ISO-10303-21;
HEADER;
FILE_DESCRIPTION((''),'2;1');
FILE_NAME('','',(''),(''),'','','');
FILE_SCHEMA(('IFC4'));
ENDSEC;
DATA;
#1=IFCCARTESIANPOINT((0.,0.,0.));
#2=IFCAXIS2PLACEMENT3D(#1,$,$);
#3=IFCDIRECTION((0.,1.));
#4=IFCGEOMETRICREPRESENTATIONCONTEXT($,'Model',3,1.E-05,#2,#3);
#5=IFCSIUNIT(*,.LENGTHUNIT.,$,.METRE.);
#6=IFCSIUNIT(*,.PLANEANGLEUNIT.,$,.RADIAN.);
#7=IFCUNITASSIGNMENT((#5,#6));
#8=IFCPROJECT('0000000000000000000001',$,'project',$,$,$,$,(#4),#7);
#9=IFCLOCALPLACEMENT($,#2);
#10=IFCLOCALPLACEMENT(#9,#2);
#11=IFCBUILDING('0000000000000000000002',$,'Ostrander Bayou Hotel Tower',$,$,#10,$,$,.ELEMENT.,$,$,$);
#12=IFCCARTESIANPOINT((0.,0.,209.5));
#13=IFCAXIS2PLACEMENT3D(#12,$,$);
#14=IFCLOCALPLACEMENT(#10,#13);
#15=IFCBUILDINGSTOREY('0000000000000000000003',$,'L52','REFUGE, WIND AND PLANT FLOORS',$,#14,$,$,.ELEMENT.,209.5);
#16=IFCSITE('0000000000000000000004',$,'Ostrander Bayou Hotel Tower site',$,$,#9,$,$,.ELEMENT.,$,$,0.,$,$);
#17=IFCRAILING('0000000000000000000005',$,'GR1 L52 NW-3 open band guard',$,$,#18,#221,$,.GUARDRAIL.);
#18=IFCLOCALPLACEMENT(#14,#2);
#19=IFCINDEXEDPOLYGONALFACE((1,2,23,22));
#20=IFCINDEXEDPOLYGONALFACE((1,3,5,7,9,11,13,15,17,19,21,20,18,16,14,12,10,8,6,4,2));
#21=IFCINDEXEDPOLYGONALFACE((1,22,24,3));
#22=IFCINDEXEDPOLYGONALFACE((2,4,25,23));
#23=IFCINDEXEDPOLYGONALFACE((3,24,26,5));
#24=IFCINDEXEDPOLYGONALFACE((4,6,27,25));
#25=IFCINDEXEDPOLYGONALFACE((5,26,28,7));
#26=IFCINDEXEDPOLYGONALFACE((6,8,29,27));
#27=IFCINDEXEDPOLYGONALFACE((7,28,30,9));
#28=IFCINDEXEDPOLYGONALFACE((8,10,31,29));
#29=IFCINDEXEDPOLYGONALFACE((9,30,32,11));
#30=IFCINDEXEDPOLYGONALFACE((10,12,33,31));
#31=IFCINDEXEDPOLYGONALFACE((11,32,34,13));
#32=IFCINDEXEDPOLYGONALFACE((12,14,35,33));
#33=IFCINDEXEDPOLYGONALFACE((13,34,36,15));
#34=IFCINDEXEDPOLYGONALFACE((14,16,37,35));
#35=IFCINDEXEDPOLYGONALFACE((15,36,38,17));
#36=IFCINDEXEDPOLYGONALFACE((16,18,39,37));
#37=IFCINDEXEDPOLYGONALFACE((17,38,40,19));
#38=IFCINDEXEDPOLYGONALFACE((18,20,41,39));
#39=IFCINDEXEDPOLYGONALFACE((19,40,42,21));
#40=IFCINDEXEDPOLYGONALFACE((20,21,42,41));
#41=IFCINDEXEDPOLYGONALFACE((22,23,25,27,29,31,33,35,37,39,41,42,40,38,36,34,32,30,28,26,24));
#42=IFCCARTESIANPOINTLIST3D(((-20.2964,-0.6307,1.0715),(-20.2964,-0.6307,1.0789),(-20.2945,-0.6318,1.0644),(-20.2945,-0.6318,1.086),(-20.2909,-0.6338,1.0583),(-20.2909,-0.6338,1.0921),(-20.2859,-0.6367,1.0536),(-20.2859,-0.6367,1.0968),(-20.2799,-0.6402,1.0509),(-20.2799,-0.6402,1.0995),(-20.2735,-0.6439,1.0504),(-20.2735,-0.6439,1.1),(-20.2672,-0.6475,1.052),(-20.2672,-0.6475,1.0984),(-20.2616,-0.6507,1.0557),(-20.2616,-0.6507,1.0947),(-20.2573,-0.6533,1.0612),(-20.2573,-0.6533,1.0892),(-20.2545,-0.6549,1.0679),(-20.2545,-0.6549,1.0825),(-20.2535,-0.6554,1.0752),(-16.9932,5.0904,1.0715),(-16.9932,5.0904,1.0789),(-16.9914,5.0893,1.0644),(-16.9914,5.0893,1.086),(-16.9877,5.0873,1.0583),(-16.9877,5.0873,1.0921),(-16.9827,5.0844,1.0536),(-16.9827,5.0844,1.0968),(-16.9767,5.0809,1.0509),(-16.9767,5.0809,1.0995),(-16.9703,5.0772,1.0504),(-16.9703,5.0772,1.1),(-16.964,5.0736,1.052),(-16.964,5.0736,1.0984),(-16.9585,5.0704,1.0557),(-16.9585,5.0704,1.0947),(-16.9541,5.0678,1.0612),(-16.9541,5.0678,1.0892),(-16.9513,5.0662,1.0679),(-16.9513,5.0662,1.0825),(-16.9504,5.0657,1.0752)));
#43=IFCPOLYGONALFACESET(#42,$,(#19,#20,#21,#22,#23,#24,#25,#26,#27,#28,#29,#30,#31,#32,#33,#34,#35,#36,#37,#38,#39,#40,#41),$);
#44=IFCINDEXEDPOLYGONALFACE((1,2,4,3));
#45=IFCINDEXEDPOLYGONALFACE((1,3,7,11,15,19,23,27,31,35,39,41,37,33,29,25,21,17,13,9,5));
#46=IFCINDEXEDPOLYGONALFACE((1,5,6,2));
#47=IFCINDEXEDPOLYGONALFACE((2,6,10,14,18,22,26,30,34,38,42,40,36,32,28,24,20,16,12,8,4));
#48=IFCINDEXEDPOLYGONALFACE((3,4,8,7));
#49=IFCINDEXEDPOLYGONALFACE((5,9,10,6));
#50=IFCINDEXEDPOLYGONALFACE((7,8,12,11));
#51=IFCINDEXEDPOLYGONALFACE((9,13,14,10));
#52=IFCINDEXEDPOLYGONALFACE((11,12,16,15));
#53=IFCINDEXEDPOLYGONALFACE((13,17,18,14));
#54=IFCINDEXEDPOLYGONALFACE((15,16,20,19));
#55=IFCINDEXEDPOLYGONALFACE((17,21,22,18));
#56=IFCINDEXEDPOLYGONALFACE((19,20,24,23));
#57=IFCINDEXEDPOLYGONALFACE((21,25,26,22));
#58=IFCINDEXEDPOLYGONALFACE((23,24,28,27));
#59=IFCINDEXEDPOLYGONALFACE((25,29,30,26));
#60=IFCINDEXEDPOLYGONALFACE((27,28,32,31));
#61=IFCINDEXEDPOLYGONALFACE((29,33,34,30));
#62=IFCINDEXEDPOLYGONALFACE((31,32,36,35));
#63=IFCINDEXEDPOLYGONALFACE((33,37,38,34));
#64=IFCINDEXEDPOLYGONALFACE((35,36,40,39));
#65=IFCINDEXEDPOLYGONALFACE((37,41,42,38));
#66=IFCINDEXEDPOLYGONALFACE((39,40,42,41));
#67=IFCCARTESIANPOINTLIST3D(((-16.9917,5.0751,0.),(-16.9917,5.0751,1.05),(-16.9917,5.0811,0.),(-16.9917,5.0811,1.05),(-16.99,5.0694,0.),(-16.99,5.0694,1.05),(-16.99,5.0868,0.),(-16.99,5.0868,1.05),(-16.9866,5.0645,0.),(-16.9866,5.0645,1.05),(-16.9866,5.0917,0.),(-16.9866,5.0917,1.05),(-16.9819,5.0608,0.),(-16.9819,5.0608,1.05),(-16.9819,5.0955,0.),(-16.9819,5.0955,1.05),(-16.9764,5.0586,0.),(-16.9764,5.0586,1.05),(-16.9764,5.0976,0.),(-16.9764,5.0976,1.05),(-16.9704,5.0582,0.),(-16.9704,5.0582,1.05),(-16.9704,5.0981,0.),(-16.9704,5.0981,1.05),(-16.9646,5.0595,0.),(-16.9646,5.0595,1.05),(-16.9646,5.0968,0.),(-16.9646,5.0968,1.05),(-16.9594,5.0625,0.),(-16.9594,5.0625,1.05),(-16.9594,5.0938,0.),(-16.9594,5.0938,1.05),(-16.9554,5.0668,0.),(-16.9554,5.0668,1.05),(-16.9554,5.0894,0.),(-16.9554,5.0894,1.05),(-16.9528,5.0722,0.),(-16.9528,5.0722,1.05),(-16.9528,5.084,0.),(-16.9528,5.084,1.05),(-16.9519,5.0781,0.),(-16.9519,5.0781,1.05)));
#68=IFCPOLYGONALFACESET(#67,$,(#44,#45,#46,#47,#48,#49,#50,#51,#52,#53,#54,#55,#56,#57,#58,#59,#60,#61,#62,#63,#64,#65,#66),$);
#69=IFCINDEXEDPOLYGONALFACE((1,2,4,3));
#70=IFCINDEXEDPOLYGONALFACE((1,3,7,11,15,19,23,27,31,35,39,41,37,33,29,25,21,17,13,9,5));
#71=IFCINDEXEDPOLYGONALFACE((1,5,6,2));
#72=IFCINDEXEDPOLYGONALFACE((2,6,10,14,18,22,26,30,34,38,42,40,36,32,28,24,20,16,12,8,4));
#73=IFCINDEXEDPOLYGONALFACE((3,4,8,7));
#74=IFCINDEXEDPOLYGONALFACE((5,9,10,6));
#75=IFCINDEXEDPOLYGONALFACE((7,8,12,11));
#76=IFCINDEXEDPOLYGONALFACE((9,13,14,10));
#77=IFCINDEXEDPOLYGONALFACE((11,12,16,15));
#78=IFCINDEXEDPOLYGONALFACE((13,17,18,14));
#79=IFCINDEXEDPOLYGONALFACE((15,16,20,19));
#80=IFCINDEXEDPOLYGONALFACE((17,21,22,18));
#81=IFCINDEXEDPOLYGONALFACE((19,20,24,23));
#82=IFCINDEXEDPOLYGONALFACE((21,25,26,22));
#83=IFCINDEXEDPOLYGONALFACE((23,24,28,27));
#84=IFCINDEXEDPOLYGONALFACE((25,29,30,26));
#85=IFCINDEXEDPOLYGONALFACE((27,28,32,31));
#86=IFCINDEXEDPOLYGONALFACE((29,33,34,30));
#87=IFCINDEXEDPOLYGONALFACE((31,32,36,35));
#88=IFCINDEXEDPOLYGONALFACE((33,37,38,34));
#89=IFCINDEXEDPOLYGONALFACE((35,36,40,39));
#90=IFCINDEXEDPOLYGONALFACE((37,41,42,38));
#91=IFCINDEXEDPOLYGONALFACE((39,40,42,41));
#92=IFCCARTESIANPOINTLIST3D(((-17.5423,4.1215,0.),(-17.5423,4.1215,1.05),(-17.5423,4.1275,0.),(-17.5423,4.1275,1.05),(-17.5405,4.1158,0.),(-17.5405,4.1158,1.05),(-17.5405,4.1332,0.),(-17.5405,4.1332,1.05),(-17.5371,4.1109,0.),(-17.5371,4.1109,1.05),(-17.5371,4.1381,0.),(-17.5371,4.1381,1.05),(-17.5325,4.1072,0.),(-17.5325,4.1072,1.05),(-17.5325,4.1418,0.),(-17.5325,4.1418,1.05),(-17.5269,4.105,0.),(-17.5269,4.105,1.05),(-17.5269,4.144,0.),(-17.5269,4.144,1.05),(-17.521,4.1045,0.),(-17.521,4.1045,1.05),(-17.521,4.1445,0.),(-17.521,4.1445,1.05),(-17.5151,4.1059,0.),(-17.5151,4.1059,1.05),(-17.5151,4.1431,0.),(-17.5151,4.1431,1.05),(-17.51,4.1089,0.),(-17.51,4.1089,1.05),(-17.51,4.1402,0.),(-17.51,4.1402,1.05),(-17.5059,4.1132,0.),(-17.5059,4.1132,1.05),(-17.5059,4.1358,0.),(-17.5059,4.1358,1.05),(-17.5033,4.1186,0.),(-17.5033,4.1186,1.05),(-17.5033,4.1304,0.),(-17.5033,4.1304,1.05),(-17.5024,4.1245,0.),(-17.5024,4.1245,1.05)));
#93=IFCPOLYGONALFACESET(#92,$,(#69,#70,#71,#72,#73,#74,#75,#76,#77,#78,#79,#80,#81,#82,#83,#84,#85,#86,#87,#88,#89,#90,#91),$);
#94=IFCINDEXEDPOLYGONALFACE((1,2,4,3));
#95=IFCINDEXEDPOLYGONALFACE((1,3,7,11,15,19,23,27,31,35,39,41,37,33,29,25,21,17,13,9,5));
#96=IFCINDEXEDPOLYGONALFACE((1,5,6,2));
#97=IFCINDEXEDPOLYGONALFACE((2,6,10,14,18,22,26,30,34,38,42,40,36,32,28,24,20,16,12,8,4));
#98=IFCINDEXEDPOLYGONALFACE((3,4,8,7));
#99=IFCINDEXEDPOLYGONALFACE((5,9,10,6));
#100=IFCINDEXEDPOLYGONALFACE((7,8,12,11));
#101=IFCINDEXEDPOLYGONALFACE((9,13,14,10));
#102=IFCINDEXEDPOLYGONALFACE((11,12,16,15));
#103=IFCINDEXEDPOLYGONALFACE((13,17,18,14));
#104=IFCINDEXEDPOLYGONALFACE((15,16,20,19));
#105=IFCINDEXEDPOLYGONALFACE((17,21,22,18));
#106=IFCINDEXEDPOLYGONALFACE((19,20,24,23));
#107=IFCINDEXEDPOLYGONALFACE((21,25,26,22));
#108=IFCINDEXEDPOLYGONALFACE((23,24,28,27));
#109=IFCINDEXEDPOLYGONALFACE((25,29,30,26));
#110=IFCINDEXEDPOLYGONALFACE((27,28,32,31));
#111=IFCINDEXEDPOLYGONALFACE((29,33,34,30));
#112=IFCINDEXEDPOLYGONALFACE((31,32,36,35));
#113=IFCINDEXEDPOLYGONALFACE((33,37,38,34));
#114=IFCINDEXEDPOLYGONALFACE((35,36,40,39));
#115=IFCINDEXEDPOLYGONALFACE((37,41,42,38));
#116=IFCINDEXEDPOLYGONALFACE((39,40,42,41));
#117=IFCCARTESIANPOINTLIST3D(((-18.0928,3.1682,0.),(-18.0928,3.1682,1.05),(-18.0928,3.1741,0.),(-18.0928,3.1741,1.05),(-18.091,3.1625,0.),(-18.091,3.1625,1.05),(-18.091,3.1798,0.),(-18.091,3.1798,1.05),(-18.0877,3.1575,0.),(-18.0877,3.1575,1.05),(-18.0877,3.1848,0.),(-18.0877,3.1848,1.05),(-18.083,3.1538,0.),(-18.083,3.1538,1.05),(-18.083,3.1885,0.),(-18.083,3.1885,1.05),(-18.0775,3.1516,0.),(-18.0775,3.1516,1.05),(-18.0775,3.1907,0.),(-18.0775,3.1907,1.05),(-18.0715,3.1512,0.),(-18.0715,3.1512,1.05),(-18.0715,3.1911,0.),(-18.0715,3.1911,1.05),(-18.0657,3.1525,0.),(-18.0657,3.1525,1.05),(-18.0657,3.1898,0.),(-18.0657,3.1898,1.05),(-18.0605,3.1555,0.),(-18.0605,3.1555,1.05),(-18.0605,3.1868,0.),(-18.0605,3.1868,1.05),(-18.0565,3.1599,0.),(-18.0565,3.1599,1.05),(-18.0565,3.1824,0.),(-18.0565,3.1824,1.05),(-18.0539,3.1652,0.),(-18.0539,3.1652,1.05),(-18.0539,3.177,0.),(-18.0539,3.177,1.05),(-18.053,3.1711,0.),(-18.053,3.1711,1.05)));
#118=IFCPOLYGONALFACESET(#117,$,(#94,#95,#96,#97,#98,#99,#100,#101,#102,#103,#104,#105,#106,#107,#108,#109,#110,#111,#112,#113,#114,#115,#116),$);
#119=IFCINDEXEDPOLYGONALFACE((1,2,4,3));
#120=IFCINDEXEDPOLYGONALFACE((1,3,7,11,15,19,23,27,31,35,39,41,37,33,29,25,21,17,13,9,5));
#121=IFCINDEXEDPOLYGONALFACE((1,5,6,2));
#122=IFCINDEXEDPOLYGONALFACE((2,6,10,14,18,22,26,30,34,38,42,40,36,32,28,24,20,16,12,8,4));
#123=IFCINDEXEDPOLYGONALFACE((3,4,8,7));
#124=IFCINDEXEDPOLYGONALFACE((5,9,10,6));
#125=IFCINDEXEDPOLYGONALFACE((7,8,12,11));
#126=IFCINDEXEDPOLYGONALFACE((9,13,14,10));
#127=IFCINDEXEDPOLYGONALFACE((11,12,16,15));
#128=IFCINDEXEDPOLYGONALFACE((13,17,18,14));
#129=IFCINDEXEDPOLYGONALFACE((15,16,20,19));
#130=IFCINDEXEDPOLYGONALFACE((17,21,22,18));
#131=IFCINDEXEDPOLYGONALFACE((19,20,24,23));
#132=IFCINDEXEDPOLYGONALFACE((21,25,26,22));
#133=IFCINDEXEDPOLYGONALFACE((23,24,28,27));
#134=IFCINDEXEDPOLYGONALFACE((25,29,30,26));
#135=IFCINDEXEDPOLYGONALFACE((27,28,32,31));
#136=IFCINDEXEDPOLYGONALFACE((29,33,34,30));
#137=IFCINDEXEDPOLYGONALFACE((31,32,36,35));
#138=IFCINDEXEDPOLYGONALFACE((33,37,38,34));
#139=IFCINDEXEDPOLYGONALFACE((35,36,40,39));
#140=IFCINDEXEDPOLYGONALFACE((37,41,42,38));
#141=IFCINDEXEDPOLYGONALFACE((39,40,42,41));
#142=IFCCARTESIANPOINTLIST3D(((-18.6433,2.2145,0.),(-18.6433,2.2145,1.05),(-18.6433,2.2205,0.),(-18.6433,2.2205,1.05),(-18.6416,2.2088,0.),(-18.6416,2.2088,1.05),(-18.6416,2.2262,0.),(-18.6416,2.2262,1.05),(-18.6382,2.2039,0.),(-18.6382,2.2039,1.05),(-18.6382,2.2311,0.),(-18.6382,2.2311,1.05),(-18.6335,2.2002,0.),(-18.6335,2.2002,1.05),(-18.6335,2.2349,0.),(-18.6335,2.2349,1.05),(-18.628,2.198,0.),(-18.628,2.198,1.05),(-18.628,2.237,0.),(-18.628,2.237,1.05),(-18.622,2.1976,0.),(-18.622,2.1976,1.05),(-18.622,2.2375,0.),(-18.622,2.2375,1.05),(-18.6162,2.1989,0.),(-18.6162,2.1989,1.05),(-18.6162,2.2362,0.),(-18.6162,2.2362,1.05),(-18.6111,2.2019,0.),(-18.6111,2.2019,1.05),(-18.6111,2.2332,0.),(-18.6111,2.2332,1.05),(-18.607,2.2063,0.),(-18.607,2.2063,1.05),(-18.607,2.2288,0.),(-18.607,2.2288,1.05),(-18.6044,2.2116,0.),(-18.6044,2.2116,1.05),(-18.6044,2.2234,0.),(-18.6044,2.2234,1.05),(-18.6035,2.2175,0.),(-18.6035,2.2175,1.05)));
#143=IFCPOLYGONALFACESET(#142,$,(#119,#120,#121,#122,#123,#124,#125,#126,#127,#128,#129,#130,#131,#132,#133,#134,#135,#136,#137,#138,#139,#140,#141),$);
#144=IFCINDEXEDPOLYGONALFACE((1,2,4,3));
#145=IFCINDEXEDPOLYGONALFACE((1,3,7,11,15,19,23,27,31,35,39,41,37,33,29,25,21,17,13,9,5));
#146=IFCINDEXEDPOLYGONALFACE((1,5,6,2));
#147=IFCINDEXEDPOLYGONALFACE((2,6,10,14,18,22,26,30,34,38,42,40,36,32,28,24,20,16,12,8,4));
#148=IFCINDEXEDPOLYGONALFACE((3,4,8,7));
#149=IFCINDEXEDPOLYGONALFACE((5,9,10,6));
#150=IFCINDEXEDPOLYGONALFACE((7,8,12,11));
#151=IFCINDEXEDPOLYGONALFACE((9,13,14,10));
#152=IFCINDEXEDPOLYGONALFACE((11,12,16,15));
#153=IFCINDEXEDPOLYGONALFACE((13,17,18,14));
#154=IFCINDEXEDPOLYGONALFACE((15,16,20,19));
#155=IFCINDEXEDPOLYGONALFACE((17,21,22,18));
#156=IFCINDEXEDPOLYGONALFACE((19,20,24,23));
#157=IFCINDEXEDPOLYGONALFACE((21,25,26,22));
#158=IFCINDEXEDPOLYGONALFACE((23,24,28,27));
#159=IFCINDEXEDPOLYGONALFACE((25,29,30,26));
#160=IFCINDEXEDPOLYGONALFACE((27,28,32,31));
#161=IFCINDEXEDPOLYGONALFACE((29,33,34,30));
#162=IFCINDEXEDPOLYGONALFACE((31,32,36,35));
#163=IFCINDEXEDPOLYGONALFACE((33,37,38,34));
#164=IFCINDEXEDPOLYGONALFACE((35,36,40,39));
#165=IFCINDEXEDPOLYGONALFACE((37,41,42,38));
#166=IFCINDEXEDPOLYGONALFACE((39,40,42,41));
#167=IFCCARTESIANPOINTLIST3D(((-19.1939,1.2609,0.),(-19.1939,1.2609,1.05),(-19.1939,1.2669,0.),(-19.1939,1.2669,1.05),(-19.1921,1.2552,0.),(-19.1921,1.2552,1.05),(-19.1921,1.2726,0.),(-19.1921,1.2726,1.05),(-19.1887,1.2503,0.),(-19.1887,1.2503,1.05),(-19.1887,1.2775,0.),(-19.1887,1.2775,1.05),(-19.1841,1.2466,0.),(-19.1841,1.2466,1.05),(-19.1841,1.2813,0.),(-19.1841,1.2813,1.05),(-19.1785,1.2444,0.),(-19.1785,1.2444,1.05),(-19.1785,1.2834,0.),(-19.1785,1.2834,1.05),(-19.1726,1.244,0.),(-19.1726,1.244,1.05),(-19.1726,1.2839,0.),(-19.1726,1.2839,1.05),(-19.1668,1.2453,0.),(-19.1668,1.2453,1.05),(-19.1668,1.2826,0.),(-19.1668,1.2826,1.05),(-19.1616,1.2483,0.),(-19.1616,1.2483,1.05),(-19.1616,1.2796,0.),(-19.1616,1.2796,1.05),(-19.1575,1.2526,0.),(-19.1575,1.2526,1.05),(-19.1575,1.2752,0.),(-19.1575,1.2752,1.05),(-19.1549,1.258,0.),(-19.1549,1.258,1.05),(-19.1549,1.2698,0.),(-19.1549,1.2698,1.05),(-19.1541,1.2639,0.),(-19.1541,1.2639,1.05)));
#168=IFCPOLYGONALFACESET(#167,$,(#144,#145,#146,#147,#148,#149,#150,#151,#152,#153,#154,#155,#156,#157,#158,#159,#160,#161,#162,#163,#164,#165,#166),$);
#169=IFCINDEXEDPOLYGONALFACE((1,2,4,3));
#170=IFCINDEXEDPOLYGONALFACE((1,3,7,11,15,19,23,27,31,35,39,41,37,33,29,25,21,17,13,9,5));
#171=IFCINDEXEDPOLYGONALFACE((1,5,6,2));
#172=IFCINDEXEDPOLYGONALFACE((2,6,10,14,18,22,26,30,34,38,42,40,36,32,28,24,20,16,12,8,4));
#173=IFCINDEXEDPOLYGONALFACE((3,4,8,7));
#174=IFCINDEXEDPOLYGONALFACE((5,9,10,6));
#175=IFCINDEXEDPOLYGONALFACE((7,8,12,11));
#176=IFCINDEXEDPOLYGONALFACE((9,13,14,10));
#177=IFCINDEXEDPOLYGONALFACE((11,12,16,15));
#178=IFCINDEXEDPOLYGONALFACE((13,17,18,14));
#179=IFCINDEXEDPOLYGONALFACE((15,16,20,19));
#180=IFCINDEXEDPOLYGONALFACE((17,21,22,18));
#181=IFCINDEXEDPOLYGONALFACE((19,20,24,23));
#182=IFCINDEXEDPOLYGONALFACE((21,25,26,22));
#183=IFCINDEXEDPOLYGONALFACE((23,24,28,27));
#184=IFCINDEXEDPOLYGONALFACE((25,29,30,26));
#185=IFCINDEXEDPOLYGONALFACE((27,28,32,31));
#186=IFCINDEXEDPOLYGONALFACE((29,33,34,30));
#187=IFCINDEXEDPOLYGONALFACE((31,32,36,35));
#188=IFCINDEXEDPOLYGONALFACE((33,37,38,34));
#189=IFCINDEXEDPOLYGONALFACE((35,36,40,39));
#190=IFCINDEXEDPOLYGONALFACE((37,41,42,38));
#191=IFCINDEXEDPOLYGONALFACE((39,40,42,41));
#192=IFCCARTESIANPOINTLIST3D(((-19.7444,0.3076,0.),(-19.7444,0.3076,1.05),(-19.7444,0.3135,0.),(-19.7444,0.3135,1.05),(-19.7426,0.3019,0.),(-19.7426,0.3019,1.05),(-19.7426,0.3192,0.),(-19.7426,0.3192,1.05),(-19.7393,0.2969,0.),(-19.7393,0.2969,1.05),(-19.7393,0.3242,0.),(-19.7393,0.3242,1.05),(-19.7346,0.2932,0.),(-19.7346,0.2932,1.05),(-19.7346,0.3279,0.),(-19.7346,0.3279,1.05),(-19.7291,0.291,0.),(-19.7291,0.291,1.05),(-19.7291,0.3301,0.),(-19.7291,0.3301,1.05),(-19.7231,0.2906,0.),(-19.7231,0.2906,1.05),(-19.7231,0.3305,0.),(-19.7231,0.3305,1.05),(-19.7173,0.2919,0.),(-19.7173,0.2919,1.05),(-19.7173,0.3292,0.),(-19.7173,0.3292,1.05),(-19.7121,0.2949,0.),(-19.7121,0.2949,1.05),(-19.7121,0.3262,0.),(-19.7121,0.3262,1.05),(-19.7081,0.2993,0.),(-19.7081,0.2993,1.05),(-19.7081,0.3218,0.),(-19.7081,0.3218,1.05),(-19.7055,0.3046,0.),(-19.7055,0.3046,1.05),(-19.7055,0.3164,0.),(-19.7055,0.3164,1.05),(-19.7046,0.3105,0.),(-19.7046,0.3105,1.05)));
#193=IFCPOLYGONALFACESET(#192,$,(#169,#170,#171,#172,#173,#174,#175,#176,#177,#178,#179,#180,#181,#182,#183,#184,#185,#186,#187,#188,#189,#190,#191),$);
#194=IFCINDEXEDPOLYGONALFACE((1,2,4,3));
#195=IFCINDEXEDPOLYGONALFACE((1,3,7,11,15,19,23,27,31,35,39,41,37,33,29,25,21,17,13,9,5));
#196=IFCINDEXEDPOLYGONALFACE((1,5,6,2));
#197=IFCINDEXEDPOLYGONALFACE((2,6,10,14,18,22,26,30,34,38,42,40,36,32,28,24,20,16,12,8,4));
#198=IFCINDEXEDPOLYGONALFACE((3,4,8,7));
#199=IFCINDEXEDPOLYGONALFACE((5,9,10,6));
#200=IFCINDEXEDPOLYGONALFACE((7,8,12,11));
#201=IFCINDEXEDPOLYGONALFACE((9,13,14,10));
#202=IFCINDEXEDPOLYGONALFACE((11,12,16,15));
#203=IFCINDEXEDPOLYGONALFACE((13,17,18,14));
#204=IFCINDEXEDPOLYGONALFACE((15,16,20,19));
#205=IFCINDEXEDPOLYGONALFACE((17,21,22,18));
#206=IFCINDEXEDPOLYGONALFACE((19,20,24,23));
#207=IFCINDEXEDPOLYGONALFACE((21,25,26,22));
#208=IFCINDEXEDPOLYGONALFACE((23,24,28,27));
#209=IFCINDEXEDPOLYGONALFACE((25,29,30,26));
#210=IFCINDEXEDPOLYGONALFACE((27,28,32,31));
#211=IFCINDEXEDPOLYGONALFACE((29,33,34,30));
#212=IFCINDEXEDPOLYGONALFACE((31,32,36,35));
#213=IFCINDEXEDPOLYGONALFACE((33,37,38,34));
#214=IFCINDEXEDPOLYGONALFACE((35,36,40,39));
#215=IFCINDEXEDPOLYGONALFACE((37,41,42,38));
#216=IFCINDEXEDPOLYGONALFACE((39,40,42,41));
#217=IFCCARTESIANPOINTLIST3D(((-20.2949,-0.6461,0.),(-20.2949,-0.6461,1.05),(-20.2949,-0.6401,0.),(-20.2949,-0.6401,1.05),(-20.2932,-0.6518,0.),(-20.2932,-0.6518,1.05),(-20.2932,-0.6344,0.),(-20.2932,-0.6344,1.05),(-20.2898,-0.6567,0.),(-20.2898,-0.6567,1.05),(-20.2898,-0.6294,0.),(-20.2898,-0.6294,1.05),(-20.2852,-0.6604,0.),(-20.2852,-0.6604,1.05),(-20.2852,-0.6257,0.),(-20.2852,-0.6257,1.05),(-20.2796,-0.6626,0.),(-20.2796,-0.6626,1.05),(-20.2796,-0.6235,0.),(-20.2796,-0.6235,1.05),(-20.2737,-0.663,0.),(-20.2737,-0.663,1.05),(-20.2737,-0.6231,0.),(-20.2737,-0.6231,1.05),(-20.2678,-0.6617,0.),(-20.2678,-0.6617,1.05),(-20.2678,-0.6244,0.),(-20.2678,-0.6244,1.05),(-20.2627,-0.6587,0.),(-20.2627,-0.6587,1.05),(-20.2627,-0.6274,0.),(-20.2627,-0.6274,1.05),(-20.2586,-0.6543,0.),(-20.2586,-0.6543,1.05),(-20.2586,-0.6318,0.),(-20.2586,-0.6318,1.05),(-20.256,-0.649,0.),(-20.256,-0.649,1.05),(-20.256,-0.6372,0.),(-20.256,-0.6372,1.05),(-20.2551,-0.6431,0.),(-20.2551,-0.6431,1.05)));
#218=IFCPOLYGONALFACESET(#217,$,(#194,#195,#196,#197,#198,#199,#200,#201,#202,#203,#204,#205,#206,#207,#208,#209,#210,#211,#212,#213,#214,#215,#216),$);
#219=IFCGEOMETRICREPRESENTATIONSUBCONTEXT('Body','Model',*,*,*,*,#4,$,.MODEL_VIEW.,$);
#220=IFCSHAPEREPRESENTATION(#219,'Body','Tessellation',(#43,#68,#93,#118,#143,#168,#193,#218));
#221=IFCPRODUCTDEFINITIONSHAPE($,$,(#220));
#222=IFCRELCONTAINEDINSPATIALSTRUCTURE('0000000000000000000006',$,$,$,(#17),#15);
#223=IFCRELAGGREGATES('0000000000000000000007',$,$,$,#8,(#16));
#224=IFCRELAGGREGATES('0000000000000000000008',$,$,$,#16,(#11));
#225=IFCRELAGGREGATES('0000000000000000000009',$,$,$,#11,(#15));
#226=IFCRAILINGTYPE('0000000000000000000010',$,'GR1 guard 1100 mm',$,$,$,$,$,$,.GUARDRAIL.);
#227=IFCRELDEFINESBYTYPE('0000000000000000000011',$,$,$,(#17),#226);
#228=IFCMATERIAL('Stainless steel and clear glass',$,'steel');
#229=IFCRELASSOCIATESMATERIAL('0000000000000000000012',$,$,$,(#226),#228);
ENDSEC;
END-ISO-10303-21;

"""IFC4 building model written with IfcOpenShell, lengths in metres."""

from ifc_helpers import new_model, si_unit, direction, frame, origin, origin_2d, place, context, subcontext, project, spatial, circle, extrude, material, type_object, element, save


model = new_model("IFC4")

# Units and contexts
model_context = context("Model", 3, precision=1e-05, world=origin(), true_north=direction((0.0, 1.0)))
body_context = subcontext(model_context, "Body", "Model", "MODEL_VIEW")
ifc_project = project(units=[si_unit("LENGTHUNIT", "METRE"), si_unit("PLANEANGLEUNIT", "RADIAN")], contexts=[model_context])

# Site, building, storey
site_placement = place(None, origin())
site = spatial("IfcSite", under=ifc_project, at=site_placement, Name="Ostrander Bayou Hotel Tower site", CompositionType="ELEMENT", RefElevation=0.0)
building_placement = place(site_placement, origin())
building = spatial("IfcBuilding", under=site, at=building_placement, Name="Ostrander Bayou Hotel Tower", CompositionType="ELEMENT")
storey_placement = place(building_placement, frame((0.0, 0.0, 209.5)))
storey = spatial("IfcBuildingStorey", under=building, at=storey_placement, Name="L52", Description="REFUGE, WIND AND PLANT FLOORS", CompositionType="ELEMENT", Elevation=209.5)

# Railing
ifc_material_1 = material(Name="Stainless steel and clear glass", Category="steel")
railing_type = type_object("IfcRailingType", Name="GR1 guard 1100 mm", PredefinedType="GUARDRAIL", material=ifc_material_1)
railing_1_placement = place(storey_placement, frame((-16.9719, 5.0781, 0.0)))
element("IfcRailing", 1, at=railing_1_placement, inside=storey, type_object=railing_type, Name="GR1 L52 NW-3 open band guard", PredefinedType="GUARDRAIL", context=body_context, shape_type="SweptSolid", body=[
    extrude(circle(Radius=0.0249, at=origin_2d()), frame((0.0, 0.0, 1.0752), z_axis=(-0.50001, -0.866019, 0.0), x_axis=(0.866019, -0.50001, 0.0)), (0.0, 0.0, 1.0), 6.6062),
    extrude(circle(Radius=0.02, at=origin_2d()), origin(), (0.0, 0.0, 1.0), 1.05),
    extrude(circle(Radius=0.02, at=origin_2d()), frame((-0.5505, -0.9536, 0.0)), (0.0, 0.0, 1.0), 1.05),
    extrude(circle(Radius=0.02, at=origin_2d()), frame((-1.1011, -1.907, 0.0)), (0.0, 0.0, 1.0), 1.05),
    extrude(circle(Radius=0.02, at=origin_2d()), frame((-1.6516, -2.8606, 0.0)), (0.0, 0.0, 1.0), 1.05),
    extrude(circle(Radius=0.02, at=origin_2d()), frame((-2.2021, -3.8142, 0.0)), (0.0, 0.0, 1.0), 1.05),
    extrude(circle(Radius=0.02, at=origin_2d()), frame((-2.7527, -4.7676, 0.0)), (0.0, 0.0, 1.0), 1.05),
    extrude(circle(Radius=0.02, at=origin_2d()), frame((-3.3032, -5.7212, 0.0)), (0.0, 0.0, 1.0), 1.05),
])

save(model, "model.ifc")
